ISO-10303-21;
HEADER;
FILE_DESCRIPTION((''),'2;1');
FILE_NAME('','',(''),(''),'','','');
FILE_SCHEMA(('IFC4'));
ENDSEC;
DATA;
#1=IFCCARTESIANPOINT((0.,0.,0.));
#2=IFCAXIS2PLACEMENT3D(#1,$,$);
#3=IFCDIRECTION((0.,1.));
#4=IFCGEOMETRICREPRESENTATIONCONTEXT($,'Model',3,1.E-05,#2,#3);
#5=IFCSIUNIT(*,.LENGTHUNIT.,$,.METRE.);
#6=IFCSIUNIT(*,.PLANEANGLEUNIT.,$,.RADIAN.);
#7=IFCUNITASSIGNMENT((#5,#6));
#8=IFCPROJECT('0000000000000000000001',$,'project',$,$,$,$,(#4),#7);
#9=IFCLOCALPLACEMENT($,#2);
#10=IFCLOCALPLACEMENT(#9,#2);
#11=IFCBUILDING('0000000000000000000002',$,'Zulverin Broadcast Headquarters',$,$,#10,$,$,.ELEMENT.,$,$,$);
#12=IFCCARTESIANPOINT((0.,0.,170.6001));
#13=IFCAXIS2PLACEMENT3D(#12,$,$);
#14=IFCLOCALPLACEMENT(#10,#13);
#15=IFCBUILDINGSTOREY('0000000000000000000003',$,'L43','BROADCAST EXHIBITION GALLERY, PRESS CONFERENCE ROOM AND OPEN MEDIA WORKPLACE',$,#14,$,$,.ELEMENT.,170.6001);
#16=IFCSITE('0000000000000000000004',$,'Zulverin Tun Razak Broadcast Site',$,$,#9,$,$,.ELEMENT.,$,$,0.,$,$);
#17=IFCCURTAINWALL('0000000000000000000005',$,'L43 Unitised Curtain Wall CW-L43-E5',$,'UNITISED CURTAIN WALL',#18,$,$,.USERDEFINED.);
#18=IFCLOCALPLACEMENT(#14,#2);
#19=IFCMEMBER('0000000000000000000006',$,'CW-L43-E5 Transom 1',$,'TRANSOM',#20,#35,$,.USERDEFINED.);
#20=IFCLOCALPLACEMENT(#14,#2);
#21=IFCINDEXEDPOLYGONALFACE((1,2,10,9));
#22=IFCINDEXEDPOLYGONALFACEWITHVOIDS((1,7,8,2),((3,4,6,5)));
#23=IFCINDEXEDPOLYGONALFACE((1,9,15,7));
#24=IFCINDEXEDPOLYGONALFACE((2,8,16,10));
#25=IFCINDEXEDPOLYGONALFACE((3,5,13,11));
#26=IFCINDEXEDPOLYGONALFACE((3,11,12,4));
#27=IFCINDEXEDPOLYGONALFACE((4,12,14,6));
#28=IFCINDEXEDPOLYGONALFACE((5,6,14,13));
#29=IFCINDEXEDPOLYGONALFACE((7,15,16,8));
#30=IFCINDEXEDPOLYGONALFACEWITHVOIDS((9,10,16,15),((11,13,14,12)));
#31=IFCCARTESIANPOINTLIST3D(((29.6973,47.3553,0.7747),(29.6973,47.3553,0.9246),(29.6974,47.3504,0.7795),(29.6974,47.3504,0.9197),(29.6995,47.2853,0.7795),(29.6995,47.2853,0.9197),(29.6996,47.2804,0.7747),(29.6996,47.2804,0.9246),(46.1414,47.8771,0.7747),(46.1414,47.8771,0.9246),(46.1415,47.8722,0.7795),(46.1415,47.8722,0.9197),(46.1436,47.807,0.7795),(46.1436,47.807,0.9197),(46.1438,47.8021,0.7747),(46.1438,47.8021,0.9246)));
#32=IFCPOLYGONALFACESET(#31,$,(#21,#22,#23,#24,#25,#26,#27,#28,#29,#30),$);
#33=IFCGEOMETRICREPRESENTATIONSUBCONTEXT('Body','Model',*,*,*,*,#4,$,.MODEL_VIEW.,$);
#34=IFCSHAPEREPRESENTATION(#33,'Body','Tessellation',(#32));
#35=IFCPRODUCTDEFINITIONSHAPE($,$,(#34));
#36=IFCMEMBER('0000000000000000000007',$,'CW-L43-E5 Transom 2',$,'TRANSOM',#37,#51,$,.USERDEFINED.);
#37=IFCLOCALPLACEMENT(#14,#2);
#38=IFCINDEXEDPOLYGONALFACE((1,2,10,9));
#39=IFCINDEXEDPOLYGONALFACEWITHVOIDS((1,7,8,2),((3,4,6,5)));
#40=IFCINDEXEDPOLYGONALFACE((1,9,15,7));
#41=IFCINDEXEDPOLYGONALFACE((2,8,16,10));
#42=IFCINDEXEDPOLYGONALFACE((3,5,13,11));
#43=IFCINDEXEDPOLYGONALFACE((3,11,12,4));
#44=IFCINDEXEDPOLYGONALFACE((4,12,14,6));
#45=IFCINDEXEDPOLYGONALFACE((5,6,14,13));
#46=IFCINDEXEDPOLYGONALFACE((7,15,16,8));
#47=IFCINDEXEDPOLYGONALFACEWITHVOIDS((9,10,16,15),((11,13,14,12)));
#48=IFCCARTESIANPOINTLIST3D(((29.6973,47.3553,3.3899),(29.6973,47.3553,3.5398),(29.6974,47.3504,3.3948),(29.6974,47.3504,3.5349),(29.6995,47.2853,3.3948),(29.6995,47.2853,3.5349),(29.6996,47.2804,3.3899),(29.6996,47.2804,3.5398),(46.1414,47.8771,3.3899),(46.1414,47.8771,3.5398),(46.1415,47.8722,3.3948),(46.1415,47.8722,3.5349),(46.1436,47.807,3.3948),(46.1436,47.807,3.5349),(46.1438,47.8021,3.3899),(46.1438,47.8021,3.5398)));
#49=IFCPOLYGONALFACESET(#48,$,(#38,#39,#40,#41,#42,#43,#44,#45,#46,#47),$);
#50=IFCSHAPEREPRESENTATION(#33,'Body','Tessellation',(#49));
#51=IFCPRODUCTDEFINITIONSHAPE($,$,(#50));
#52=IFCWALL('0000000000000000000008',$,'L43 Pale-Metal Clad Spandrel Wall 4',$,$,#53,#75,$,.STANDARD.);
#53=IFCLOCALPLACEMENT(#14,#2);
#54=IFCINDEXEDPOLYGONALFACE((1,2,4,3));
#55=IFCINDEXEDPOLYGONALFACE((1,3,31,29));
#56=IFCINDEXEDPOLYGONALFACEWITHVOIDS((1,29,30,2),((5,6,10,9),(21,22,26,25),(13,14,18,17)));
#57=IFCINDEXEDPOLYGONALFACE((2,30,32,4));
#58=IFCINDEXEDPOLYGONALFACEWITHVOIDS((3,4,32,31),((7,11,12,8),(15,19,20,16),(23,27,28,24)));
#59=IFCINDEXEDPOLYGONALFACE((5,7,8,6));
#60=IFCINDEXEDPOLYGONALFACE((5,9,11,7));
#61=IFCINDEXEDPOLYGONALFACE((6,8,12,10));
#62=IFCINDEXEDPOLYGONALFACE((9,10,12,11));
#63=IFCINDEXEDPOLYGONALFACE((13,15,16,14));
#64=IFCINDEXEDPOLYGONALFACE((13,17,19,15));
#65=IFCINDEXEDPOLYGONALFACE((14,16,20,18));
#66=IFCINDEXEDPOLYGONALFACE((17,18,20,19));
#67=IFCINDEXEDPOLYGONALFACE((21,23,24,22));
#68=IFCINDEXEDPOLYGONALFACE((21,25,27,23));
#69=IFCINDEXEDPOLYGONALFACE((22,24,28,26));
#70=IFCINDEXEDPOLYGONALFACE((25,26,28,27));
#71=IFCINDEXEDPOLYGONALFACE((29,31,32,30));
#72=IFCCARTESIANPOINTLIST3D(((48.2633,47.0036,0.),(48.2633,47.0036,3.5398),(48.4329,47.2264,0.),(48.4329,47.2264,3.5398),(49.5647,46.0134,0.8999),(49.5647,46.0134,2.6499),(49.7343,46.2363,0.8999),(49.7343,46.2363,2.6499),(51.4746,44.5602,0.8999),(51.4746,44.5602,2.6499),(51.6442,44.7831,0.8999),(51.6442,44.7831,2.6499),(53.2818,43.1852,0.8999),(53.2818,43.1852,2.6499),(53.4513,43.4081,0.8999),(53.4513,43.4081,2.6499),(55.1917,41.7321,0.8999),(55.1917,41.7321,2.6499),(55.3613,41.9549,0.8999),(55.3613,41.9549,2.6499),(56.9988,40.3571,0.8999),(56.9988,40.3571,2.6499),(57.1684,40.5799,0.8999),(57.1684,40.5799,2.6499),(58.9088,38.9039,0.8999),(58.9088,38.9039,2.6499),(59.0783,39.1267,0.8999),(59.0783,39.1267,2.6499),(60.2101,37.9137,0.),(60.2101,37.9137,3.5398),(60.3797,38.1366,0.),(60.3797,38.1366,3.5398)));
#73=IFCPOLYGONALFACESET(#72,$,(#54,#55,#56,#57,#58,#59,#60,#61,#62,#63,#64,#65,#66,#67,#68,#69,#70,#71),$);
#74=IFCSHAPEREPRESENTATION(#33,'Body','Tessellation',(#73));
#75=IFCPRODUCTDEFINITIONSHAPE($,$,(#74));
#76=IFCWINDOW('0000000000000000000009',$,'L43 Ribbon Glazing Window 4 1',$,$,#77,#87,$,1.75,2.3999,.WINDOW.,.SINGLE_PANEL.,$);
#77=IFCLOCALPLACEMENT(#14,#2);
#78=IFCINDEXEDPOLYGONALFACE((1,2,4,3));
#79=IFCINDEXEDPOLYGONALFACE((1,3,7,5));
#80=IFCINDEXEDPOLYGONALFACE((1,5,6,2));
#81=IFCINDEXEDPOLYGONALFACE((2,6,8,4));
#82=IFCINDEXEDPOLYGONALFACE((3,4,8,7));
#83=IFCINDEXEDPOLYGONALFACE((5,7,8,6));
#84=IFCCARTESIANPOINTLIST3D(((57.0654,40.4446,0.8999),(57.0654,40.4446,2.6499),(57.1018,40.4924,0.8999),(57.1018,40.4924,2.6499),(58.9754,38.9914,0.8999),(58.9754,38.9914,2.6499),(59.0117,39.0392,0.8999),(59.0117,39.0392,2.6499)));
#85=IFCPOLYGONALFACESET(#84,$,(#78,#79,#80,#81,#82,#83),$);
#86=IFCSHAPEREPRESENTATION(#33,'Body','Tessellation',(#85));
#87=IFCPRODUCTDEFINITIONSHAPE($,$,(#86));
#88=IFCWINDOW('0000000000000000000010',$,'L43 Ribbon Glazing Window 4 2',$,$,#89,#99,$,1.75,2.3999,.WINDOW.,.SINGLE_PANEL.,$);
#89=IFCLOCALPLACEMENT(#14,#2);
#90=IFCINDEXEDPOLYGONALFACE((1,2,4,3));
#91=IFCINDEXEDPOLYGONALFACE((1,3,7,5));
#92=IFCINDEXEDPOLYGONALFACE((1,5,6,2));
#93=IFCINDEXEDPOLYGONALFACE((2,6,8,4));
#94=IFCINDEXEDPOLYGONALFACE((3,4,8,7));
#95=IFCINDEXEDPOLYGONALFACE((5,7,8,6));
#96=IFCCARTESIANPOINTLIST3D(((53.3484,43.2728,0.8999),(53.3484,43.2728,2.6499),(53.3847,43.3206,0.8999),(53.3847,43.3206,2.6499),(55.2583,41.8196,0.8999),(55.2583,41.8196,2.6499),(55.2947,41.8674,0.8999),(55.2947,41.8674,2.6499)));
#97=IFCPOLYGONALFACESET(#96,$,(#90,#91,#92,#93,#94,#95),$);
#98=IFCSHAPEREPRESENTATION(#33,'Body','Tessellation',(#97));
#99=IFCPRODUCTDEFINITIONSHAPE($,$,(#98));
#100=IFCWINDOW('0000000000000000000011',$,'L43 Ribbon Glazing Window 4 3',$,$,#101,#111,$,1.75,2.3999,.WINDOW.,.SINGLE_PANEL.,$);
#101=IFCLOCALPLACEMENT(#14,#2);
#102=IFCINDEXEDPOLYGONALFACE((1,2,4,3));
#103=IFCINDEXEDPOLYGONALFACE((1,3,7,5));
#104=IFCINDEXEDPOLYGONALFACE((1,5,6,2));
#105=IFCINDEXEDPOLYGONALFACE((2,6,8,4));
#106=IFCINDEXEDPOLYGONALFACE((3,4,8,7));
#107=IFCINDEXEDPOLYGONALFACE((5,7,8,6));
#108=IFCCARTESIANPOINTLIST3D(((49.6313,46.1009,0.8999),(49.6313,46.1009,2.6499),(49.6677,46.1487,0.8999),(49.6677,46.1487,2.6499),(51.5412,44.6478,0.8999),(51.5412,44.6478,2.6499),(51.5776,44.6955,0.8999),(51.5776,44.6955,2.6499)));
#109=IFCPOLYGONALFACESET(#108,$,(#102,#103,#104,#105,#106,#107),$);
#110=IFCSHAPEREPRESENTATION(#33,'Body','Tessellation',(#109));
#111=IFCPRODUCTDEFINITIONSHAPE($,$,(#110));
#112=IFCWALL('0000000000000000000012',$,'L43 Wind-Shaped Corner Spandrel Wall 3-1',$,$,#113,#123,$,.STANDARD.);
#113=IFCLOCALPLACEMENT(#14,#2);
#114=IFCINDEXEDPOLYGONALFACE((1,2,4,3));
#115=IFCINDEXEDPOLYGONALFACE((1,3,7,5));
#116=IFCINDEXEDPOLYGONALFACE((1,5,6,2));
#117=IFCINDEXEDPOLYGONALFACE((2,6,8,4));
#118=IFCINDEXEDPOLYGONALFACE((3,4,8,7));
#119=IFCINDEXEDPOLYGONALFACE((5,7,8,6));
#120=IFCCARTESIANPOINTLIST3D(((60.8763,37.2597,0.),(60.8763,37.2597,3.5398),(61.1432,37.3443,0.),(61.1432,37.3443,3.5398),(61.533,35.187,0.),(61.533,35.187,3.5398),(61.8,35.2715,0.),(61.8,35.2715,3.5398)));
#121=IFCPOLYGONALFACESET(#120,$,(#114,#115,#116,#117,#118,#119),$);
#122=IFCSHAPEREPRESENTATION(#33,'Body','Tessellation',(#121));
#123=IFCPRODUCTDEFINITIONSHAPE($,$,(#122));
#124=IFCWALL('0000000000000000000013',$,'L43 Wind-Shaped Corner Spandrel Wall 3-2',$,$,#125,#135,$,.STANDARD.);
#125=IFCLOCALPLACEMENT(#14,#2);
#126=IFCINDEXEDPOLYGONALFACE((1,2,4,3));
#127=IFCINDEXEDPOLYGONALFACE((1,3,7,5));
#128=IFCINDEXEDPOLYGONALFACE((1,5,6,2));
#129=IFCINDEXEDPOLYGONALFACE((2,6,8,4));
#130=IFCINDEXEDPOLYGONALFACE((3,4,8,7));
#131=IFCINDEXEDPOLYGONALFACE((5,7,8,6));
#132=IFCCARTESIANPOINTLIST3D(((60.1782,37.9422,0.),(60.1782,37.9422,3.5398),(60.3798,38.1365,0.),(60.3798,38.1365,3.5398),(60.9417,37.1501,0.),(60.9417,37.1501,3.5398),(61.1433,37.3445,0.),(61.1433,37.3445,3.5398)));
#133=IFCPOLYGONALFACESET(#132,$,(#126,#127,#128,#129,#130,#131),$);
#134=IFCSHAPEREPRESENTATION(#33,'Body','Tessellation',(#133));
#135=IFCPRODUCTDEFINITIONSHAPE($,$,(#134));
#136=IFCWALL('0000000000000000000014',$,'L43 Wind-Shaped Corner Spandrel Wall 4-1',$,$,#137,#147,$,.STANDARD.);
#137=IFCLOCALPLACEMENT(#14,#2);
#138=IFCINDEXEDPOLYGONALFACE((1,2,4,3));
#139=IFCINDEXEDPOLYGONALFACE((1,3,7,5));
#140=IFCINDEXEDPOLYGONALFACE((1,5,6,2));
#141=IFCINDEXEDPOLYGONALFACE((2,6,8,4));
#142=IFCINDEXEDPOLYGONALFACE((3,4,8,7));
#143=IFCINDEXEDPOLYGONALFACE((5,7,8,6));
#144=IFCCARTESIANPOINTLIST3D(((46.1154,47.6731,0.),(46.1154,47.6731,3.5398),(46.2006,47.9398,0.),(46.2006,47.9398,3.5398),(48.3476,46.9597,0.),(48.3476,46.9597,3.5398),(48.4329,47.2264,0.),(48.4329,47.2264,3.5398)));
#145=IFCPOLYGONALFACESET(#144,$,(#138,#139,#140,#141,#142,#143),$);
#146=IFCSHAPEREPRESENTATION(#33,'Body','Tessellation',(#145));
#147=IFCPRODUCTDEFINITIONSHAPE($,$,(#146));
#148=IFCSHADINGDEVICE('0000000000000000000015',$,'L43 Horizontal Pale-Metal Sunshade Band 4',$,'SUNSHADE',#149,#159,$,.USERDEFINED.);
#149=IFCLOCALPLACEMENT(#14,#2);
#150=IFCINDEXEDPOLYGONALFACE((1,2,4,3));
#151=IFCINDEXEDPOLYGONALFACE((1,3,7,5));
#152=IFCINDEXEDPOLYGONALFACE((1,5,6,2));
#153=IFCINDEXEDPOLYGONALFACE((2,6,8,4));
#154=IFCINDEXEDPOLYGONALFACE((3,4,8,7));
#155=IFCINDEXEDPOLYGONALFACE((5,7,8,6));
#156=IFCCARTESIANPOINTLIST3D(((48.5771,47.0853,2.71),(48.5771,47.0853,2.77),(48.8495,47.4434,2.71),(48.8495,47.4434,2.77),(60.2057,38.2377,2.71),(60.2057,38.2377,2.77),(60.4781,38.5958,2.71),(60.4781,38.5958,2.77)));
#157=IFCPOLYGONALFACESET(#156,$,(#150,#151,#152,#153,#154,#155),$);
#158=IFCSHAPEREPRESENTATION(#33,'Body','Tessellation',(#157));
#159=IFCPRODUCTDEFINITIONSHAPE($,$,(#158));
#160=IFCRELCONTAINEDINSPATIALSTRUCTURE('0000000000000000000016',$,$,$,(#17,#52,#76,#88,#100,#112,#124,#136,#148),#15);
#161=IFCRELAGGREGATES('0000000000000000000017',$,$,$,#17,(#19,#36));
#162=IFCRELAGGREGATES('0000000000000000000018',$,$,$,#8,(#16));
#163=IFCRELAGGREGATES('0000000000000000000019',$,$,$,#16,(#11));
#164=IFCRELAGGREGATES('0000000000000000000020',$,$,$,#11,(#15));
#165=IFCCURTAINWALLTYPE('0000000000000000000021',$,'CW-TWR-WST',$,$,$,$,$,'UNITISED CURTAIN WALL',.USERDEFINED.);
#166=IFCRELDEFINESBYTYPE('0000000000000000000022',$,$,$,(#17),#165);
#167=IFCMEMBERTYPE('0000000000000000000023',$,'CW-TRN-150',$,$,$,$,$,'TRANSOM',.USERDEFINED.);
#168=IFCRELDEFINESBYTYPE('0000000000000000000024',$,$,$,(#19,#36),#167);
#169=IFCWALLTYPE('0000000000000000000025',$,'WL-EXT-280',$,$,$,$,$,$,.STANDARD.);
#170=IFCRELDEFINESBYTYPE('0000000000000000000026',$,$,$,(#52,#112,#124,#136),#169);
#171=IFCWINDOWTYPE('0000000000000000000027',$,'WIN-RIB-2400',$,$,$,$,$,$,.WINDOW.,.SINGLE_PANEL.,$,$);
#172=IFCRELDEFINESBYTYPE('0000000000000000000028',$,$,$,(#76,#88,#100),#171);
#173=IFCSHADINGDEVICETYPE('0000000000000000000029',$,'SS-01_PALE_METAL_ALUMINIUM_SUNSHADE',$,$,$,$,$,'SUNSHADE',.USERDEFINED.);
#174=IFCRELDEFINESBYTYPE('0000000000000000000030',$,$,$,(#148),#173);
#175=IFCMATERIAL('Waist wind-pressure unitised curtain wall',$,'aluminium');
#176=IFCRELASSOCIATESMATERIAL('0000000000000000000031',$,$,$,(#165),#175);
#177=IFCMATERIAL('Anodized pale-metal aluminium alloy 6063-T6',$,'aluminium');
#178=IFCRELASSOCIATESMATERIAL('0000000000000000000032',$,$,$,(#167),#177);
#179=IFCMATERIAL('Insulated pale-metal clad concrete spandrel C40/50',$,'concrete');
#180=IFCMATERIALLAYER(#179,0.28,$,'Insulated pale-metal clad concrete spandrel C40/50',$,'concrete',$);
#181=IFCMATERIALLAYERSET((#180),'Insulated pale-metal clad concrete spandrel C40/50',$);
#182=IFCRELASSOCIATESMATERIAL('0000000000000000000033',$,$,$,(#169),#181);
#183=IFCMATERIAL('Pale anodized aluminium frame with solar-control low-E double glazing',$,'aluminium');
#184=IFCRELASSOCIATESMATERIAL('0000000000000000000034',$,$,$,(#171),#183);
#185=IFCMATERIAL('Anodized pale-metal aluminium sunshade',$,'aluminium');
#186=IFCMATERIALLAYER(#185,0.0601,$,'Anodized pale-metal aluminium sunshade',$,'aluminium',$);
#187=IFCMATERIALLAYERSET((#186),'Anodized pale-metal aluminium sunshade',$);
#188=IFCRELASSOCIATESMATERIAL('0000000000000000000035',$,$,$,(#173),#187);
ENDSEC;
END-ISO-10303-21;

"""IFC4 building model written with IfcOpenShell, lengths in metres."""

from ifc_helpers import new_model, si_unit, direction, frame, frame_2d, origin, origin_2d, place, context, subcontext, project, spatial, rectangle, hollow_rectangle, extrude, material, layer, layer_set, material_profile, profile_set, type_object, element, fill, aggregate, save


model = new_model("IFC4")

# Units and contexts
model_context = context("Model", 3, precision=1e-05, world=origin(), true_north=direction((0.0, 1.0)))
body_context = subcontext(model_context, "Body", "Model", "MODEL_VIEW")
ifc_project = project(units=[si_unit("LENGTHUNIT", "METRE"), si_unit("PLANEANGLEUNIT", "RADIAN")], contexts=[model_context])

# Site, building, storey
site_placement = place(None, origin())
site = spatial("IfcSite", under=ifc_project, at=site_placement, Name="Zulverin Tun Razak Broadcast Site", CompositionType="ELEMENT", RefElevation=0.0)
building_placement = place(site_placement, origin())
building = spatial("IfcBuilding", under=site, at=building_placement, Name="Zulverin Broadcast Headquarters", CompositionType="ELEMENT")
storey_placement = place(building_placement, frame((0.0, 0.0, 170.6001)))
storey = spatial("IfcBuildingStorey", under=building, at=storey_placement, Name="L43", Description="BROADCAST EXHIBITION GALLERY, PRESS CONFERENCE ROOM AND OPEN MEDIA WORKPLACE", CompositionType="ELEMENT", Elevation=170.6001)

# Curtain wall, members
ifc_material_1 = material(Name="Waist wind-pressure unitised curtain wall", Category="aluminium")
curtain_wall_type = type_object("IfcCurtainWallType", Name="CW-TWR-WST", ElementType="UNITISED CURTAIN WALL", PredefinedType="USERDEFINED", material=ifc_material_1)
curtain_wall_placement = place(storey_placement, origin())
curtain_wall = element("IfcCurtainWall", 1, at=curtain_wall_placement, inside=storey, type_object=curtain_wall_type, Name="L43 Unitised Curtain Wall CW-L43-E5", ObjectType="UNITISED CURTAIN WALL", PredefinedType="USERDEFINED")
ifc_material_2 = material(Name="Anodized pale-metal aluminium alloy 6063-T6", Category="aluminium")
ifc_material_profile_1 = material_profile(ifc_material_2, hollow_rectangle(XDim=0.075, YDim=0.1499, WallThickness=0.0049, at=origin_2d()), Name="Anodized pale-metal aluminium alloy 6063-T6", Category="aluminium")
ifc_profile_set_1 = profile_set([ifc_material_profile_1], Name="Anodized pale-metal aluminium alloy 6063-T6")
member_type_1 = type_object("IfcMemberType", Name="CW-TRN-150", ElementType="TRANSOM", PredefinedType="USERDEFINED", material=ifc_profile_set_1)
member_1_placement = place(storey_placement, frame((46.1426, 47.8396, 0.8496), z_axis=(-0.999497, -0.031711, 0.0), x_axis=(0.031711, -0.999497, 0.0)))
member_1 = element("IfcMember", 2, at=member_1_placement, type_object=member_type_1, Name="CW-L43-E5 Transom 1", ObjectType="TRANSOM", PredefinedType="USERDEFINED", context=body_context, shape_type="SweptSolid", body=[
    extrude(hollow_rectangle(XDim=0.075, YDim=0.1499, WallThickness=0.0049, at=origin_2d()), origin(), (0.0, 0.0, 1.0), 16.4524),
])
member_2_placement = place(storey_placement, frame((46.1426, 47.8396, 3.4648), z_axis=(-0.999497, -0.031711, 0.0), x_axis=(0.031711, -0.999497, 0.0)))
member_2 = element("IfcMember", 3, at=member_2_placement, type_object=member_type_1, Name="CW-L43-E5 Transom 2", ObjectType="TRANSOM", PredefinedType="USERDEFINED", context=body_context, shape_type="SweptSolid", body=[
    extrude(hollow_rectangle(XDim=0.075, YDim=0.1499, WallThickness=0.0049, at=origin_2d()), origin(), (0.0, 0.0, 1.0), 16.4524),
])
aggregate(curtain_wall, [member_1, member_2])

# Wall, openings, windows
ifc_material_3 = material(Name="Insulated pale-metal clad concrete spandrel C40/50", Category="concrete")
ifc_layer_1 = layer(ifc_material_3, 0.28, Name="Insulated pale-metal clad concrete spandrel C40/50", Category="concrete")
ifc_layer_set_1 = layer_set([ifc_layer_1], Name="Insulated pale-metal clad concrete spandrel C40/50")
wall_type = type_object("IfcWallType", Name="WL-EXT-280", PredefinedType="STANDARD", material=ifc_layer_set_1)
wall_1_placement = place(storey_placement, frame((60.2949, 38.0251, 0.0), z_axis=(0.0, 0.0, 1.0), x_axis=(-0.795832, 0.605518, 0.0)))
wall_1 = element("IfcWall", 4, at=wall_1_placement, inside=storey, type_object=wall_type, Name="L43 Pale-Metal Clad Spandrel Wall 4", PredefinedType="STANDARD", context=body_context, shape_type="SweptSolid", body=[
    extrude(rectangle(XDim=15.0117, YDim=0.28, at=frame_2d((7.5059, 0.0))), origin(), (0.0, 0.0, 1.0), 3.5398),
])
opening_1_placement = place(wall_1_placement, frame((1.6353, 0.0, 0.8999)))
opening_1 = element("IfcOpeningElement", 5, at=opening_1_placement, cuts=wall_1, PredefinedType="OPENING", context=body_context, shape_type="SweptSolid", body=[
    extrude(rectangle(XDim=2.3999, YDim=1.75, at=frame_2d((1.2, 0.875))), frame((0.0, 0.1499, 0.0), z_axis=(0.0, -1.0, 0.0), x_axis=(1.0, 0.0, 0.0)), (0.0, 0.0, 1.0), 0.3),
])
opening_2_placement = place(wall_1_placement, frame((6.3059, 0.0, 0.8999)))
opening_2 = element("IfcOpeningElement", 6, at=opening_2_placement, cuts=wall_1, PredefinedType="OPENING", context=body_context, shape_type="SweptSolid", body=[
    extrude(rectangle(XDim=2.3999, YDim=1.75, at=frame_2d((1.2, 0.875))), frame((0.0, 0.1499, 0.0), z_axis=(0.0, -1.0, 0.0), x_axis=(1.0, 0.0, 0.0)), (0.0, 0.0, 1.0), 0.3),
])
opening_3_placement = place(wall_1_placement, frame((10.9766, 0.0, 0.8999)))
opening_3 = element("IfcOpeningElement", 7, at=opening_3_placement, cuts=wall_1, PredefinedType="OPENING", context=body_context, shape_type="SweptSolid", body=[
    extrude(rectangle(XDim=2.3999, YDim=1.75, at=frame_2d((1.2, 0.875))), frame((0.0, 0.1499, 0.0), z_axis=(0.0, -1.0, 0.0), x_axis=(1.0, 0.0, 0.0)), (0.0, 0.0, 1.0), 0.3),
])
ifc_material_4 = material(Name="Pale anodized aluminium frame with solar-control low-E double glazing", Category="aluminium")
window_type = type_object("IfcWindowType", Name="WIN-RIB-2400", PartitioningType="SINGLE_PANEL", PredefinedType="WINDOW", material=ifc_material_4)
window_1_placement = place(opening_1_placement, origin())
window_1 = element("IfcWindow", 8, at=window_1_placement, inside=storey, type_object=window_type, Name="L43 Ribbon Glazing Window 4 1", OverallHeight=1.75, OverallWidth=2.3999, PartitioningType="SINGLE_PANEL", PredefinedType="WINDOW", context=body_context, shape_type="SweptSolid", body=[
    extrude(rectangle(XDim=2.3999, YDim=1.75, at=frame_2d((1.2, 0.875))), frame((0.0, 0.03, 0.0), z_axis=(0.0, -1.0, 0.0), x_axis=(1.0, 0.0, 0.0)), (0.0, 0.0, 1.0), 0.0601),
])
fill(opening_1, window_1)
window_2_placement = place(opening_2_placement, origin())
window_2 = element("IfcWindow", 9, at=window_2_placement, inside=storey, type_object=window_type, Name="L43 Ribbon Glazing Window 4 2", OverallHeight=1.75, OverallWidth=2.3999, PartitioningType="SINGLE_PANEL", PredefinedType="WINDOW", context=body_context, shape_type="SweptSolid", body=[
    extrude(rectangle(XDim=2.3999, YDim=1.75, at=frame_2d((1.2, 0.875))), frame((0.0, 0.03, 0.0), z_axis=(0.0, -1.0, 0.0), x_axis=(1.0, 0.0, 0.0)), (0.0, 0.0, 1.0), 0.0601),
])
fill(opening_2, window_2)
window_3_placement = place(opening_3_placement, origin())
window_3 = element("IfcWindow", 10, at=window_3_placement, inside=storey, type_object=window_type, Name="L43 Ribbon Glazing Window 4 3", OverallHeight=1.75, OverallWidth=2.3999, PartitioningType="SINGLE_PANEL", PredefinedType="WINDOW", context=body_context, shape_type="SweptSolid", body=[
    extrude(rectangle(XDim=2.3999, YDim=1.75, at=frame_2d((1.2, 0.875))), frame((0.0, 0.03, 0.0), z_axis=(0.0, -1.0, 0.0), x_axis=(1.0, 0.0, 0.0)), (0.0, 0.0, 1.0), 0.0601),
])
fill(opening_3, window_3)

# Walls
wall_2_placement = place(storey_placement, frame((61.6665, 35.2292, 0.0), z_axis=(0.0, 0.0, 1.0), x_axis=(-0.302045, 0.953294, 0.0)))
element("IfcWall", 11, at=wall_2_placement, inside=storey, type_object=wall_type, Name="L43 Wind-Shaped Corner Spandrel Wall 3-1", PredefinedType="STANDARD", context=body_context, shape_type="SweptSolid", body=[
    extrude(rectangle(XDim=2.1743, YDim=0.28, at=frame_2d((1.0872, 0.0))), origin(), (0.0, 0.0, 1.0), 3.5398),
])
wall_3_placement = place(storey_placement, frame((61.0425, 37.2473, 0.0), z_axis=(0.0, 0.0, 1.0), x_axis=(-0.694004, 0.719971, 0.0)))
element("IfcWall", 12, at=wall_3_placement, inside=storey, type_object=wall_type, Name="L43 Wind-Shaped Corner Spandrel Wall 3-2", PredefinedType="STANDARD", context=body_context, shape_type="SweptSolid", body=[
    extrude(rectangle(XDim=1.1001, YDim=0.28, at=frame_2d((0.55, 0.0))), origin(), (0.0, 0.0, 1.0), 3.5398),
])
wall_4_placement = place(storey_placement, frame((48.3904, 47.093, 0.0), z_axis=(0.0, 0.0, 1.0), x_axis=(-0.952538, 0.30442, 0.0)))
element("IfcWall", 13, at=wall_4_placement, inside=storey, type_object=wall_type, Name="L43 Wind-Shaped Corner Spandrel Wall 4-1", PredefinedType="STANDARD", context=body_context, shape_type="SweptSolid", body=[
    extrude(rectangle(XDim=2.3435, YDim=0.28, at=frame_2d((1.1719, 0.0))), origin(), (0.0, 0.0, 1.0), 3.5398),
])

# Shading device
ifc_material_5 = material(Name="Anodized pale-metal aluminium sunshade", Category="aluminium")
ifc_layer_2 = layer(ifc_material_5, 0.0601, Name="Anodized pale-metal aluminium sunshade", Category="aluminium")
ifc_layer_set_2 = layer_set([ifc_layer_2], Name="Anodized pale-metal aluminium sunshade")
shading_device_type = type_object("IfcShadingDeviceType", Name="SS-01_PALE_METAL_ALUMINIUM_SUNSHADE", ElementType="SUNSHADE", PredefinedType="USERDEFINED", material=ifc_layer_set_2)
shading_device_placement = place(storey_placement, frame((54.5276, 42.8406, 2.71), z_axis=(0.0, 0.0, 1.0), x_axis=(-0.795836, 0.605512, 0.0)))
element("IfcShadingDevice", 14, at=shading_device_placement, inside=storey, type_object=shading_device_type, Name="L43 Horizontal Pale-Metal Sunshade Band 4", ObjectType="SUNSHADE", PredefinedType="USERDEFINED", context=body_context, shape_type="SweptSolid", body=[
    extrude(rectangle(XDim=14.6118, YDim=0.45, at=origin_2d()), origin(), (0.0, 0.0, 1.0), 0.0601),
])

save(model, "model.ifc")
